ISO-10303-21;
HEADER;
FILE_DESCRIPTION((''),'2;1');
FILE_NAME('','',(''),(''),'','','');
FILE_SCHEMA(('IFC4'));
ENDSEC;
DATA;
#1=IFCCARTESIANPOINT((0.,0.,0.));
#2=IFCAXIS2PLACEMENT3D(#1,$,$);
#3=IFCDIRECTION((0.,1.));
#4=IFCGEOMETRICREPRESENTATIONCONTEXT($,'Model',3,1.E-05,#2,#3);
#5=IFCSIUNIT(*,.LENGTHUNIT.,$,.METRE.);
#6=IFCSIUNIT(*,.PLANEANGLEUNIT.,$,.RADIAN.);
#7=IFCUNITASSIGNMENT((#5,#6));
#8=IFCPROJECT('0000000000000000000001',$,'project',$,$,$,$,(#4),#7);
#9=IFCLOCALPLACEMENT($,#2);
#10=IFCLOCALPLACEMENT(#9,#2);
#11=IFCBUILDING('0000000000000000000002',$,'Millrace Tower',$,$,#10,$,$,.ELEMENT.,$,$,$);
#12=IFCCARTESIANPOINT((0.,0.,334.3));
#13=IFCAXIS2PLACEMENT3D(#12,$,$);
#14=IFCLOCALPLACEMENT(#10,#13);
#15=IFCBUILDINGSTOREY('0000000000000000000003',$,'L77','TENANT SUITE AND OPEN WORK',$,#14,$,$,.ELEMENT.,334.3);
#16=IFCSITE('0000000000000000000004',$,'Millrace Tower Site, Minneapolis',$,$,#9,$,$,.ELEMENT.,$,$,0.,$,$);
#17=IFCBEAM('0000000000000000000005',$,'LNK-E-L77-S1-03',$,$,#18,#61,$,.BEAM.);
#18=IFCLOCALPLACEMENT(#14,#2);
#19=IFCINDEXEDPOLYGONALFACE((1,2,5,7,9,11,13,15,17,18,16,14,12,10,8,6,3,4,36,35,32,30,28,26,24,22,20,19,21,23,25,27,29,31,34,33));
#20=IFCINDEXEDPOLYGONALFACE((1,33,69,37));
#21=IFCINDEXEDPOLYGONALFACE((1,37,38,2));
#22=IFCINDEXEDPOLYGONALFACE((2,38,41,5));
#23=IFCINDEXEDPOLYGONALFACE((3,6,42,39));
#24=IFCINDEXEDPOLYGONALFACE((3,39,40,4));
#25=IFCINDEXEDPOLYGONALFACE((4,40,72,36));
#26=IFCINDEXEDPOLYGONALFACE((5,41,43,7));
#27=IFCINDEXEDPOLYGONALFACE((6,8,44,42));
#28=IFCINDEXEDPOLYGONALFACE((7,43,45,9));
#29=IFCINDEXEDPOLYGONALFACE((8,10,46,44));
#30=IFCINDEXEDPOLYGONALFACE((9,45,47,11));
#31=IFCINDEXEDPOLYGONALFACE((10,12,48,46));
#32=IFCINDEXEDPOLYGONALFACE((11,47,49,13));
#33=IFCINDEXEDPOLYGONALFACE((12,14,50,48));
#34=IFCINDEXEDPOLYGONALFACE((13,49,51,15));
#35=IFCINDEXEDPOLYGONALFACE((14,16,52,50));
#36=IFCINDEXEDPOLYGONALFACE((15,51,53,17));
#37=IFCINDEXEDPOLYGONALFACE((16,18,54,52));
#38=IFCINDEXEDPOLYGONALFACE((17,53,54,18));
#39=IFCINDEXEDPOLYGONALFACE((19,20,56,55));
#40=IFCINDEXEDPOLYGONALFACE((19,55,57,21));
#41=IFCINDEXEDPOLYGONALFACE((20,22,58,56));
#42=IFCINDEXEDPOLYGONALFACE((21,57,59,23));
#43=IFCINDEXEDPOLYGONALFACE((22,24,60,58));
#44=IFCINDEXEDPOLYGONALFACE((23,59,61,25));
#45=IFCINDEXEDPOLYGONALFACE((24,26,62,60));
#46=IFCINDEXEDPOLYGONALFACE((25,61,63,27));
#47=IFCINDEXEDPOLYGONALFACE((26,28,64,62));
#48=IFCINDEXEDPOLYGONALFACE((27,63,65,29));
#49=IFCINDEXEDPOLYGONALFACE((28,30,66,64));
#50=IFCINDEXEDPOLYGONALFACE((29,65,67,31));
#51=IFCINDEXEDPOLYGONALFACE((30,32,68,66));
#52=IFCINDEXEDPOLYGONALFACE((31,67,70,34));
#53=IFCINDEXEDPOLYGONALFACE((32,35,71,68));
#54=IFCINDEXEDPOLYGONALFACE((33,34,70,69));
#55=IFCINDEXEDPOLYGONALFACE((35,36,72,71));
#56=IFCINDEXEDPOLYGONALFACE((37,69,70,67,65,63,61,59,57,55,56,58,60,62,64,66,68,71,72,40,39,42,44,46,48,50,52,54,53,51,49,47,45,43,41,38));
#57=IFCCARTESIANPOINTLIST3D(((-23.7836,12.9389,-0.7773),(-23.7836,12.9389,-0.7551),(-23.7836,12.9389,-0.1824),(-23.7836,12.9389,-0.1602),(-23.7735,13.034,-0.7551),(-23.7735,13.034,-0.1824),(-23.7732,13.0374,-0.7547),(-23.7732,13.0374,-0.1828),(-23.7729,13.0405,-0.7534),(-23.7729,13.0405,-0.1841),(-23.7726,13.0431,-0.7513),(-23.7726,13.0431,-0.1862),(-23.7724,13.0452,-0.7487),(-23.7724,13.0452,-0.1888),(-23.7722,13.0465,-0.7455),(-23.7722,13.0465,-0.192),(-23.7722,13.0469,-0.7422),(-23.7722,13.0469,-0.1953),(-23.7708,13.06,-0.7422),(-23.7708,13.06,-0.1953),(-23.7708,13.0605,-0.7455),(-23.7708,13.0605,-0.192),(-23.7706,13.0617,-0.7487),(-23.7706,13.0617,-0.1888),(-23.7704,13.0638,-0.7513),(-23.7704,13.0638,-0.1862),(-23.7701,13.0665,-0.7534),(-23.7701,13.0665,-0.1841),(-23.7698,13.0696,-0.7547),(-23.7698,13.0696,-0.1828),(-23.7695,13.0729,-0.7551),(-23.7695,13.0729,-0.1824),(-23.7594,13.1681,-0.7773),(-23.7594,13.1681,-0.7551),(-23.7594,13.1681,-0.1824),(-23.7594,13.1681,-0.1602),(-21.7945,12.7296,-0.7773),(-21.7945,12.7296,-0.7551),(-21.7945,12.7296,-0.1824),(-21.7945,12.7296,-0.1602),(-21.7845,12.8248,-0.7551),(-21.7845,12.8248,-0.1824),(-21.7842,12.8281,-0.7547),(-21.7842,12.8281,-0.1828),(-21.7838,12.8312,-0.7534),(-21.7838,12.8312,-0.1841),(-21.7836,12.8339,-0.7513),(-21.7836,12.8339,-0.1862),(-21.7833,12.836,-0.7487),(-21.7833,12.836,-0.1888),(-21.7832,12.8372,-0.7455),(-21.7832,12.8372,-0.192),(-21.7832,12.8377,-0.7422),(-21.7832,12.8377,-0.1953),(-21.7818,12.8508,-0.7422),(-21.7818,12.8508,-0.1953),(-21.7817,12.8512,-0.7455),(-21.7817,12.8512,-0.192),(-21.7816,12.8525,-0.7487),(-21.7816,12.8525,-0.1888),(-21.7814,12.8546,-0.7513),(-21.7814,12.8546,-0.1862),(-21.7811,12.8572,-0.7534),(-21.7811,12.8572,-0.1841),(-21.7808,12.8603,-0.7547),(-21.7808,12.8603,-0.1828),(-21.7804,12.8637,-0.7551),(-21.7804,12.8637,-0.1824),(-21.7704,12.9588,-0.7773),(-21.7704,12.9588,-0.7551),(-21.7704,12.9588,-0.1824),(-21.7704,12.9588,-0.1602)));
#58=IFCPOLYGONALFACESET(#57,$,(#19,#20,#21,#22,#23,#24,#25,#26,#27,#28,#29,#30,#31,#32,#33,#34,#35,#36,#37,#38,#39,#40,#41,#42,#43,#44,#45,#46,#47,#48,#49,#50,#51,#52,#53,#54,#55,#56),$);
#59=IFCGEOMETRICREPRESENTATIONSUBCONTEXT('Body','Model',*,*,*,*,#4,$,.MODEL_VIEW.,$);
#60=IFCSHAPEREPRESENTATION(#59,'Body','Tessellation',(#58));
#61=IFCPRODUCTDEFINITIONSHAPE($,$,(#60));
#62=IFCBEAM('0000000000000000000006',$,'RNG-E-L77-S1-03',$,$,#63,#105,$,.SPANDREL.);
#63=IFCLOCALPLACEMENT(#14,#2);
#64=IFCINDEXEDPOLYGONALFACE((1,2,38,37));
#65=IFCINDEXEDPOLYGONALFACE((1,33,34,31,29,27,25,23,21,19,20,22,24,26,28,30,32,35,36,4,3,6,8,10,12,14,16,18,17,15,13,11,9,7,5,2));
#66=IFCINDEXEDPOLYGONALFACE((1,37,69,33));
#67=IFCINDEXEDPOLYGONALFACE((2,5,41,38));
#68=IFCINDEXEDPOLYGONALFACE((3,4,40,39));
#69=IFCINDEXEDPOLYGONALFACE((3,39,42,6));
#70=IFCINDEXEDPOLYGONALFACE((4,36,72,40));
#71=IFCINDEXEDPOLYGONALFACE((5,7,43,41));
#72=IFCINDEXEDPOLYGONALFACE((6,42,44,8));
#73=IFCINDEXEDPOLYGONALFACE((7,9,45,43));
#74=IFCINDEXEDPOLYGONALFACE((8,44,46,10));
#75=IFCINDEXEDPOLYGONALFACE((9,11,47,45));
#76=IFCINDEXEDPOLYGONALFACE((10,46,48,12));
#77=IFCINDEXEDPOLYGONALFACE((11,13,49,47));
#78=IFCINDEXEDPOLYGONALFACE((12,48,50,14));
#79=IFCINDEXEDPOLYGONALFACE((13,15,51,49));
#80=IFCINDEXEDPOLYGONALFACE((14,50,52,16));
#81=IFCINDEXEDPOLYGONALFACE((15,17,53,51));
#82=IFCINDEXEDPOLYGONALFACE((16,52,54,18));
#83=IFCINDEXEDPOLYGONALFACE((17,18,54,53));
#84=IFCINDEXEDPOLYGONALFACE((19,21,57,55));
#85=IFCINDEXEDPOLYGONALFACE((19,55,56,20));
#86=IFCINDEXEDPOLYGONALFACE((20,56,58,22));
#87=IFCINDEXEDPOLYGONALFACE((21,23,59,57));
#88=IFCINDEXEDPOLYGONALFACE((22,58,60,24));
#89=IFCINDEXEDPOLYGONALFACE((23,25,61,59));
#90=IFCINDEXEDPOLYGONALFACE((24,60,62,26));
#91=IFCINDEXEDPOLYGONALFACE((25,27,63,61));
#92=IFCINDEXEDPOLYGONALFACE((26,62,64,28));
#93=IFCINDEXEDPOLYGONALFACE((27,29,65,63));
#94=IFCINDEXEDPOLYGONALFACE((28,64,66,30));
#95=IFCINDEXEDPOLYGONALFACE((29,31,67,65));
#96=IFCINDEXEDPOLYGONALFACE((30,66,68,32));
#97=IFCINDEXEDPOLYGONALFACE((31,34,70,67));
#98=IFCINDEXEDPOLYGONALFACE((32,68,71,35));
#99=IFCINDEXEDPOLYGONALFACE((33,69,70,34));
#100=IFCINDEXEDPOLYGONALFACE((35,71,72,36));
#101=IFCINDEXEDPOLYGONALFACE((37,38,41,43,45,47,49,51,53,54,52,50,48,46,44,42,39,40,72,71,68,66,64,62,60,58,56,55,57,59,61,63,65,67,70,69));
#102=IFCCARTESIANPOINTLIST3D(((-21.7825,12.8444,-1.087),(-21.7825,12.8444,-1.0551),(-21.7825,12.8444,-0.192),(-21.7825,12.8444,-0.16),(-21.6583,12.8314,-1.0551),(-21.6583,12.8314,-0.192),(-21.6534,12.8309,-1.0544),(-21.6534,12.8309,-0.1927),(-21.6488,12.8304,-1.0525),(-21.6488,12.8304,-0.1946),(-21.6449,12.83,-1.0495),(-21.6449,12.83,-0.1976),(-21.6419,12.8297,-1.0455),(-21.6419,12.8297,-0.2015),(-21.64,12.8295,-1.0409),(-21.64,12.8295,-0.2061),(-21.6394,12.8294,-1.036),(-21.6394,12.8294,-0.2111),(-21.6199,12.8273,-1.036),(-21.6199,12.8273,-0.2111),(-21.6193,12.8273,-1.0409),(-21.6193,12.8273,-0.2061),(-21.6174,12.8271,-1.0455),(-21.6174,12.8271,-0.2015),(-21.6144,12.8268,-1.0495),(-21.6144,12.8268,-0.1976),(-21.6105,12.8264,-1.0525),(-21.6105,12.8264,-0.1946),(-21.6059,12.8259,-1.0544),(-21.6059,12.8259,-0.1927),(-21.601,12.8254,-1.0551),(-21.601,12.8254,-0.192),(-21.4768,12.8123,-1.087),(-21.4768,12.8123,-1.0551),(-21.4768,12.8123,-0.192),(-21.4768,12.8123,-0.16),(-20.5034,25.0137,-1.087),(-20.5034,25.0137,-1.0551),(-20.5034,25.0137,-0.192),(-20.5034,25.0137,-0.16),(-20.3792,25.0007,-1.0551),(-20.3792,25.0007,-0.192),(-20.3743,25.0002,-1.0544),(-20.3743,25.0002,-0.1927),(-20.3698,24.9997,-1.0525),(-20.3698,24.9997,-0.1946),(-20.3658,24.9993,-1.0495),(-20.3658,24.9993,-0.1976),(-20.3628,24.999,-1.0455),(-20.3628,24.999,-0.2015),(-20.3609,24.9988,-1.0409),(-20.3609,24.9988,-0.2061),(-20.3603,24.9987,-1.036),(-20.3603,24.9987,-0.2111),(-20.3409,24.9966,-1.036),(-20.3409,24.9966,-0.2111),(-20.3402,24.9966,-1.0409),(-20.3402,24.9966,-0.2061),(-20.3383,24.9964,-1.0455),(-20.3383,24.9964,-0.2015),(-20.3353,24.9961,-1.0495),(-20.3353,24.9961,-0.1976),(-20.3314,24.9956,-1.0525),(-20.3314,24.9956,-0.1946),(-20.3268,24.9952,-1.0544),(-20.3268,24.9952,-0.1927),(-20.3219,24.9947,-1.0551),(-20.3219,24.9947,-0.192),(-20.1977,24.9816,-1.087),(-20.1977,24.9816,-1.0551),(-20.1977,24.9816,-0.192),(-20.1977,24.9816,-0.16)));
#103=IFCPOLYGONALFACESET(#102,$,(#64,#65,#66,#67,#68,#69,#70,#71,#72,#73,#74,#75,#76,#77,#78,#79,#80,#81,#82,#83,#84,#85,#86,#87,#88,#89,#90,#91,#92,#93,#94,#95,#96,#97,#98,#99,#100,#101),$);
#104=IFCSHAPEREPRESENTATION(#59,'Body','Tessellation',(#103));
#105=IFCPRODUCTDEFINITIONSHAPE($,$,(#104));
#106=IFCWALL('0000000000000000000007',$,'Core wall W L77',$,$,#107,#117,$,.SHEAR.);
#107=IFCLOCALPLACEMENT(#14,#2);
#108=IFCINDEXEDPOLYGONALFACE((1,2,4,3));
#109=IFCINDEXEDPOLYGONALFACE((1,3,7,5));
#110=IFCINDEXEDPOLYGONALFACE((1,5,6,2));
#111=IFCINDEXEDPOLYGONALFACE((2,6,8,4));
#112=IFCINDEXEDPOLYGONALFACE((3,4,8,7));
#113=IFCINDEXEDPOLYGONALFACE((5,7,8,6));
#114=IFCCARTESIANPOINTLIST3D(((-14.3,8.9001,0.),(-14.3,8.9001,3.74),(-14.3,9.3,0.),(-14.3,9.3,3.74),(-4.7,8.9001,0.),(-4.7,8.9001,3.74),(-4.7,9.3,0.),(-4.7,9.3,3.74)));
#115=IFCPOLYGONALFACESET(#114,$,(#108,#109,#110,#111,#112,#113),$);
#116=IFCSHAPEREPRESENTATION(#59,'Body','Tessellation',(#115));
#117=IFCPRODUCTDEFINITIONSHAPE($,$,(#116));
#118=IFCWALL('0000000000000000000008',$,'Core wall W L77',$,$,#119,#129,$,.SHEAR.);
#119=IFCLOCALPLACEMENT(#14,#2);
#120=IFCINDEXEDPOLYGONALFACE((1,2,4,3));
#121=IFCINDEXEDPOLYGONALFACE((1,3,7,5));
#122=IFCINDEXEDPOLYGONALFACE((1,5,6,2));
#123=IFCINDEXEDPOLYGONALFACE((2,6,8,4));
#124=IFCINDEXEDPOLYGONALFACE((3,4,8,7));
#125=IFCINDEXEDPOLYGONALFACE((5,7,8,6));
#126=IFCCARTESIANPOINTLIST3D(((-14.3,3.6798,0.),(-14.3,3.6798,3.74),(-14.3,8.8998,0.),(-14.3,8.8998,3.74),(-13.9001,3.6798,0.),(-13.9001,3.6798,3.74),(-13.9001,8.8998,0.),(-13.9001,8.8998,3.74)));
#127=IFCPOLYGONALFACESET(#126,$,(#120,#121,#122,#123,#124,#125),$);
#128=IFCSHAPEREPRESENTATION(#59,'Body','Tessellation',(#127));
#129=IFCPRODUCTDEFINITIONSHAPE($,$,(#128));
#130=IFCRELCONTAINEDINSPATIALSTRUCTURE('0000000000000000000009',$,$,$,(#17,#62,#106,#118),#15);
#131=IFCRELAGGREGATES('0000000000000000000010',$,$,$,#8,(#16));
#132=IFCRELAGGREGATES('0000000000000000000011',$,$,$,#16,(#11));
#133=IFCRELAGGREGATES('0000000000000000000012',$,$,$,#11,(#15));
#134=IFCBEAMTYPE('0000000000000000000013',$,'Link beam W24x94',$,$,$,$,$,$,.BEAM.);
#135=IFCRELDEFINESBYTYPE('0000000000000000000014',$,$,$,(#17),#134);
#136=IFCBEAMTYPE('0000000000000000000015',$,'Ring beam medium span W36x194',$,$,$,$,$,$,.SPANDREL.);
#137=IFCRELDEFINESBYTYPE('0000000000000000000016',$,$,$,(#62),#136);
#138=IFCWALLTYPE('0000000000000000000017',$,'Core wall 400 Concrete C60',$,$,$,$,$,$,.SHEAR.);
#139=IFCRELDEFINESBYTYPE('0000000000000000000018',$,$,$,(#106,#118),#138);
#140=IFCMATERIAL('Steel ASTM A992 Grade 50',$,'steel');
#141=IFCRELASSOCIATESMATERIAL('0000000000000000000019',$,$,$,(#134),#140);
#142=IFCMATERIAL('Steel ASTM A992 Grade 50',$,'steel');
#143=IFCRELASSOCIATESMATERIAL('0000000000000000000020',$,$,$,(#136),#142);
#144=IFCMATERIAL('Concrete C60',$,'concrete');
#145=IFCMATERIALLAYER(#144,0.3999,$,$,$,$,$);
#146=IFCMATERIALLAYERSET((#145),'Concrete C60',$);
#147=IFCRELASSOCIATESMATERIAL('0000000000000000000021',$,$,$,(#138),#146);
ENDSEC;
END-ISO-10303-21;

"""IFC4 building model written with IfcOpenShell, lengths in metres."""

from ifc_helpers import new_model, si_unit, direction, frame, frame_2d, origin, origin_2d, place, context, subcontext, project, spatial, rectangle, i_section, extrude, material, layer, layer_set, material_profile, profile_set, type_object, element, save


model = new_model("IFC4")

# Units and contexts
model_context = context("Model", 3, precision=1e-05, world=origin(), true_north=direction((0.0, 1.0)))
body_context = subcontext(model_context, "Body", "Model", "MODEL_VIEW")
ifc_project = project(units=[si_unit("LENGTHUNIT", "METRE"), si_unit("PLANEANGLEUNIT", "RADIAN")], contexts=[model_context])

# Site, building, storey
site_placement = place(None, origin())
site = spatial("IfcSite", under=ifc_project, at=site_placement, Name="Millrace Tower Site, Minneapolis", CompositionType="ELEMENT", RefElevation=0.0)
building_placement = place(site_placement, origin())
building = spatial("IfcBuilding", under=site, at=building_placement, Name="Millrace Tower", CompositionType="ELEMENT")
storey_placement = place(building_placement, frame((0.0, 0.0, 334.3)))
storey = spatial("IfcBuildingStorey", under=building, at=storey_placement, Name="L77", Description="TENANT SUITE AND OPEN WORK", CompositionType="ELEMENT", Elevation=334.3)

# Beams
ifc_material_1 = material(Name="Steel ASTM A992 Grade 50", Category="steel")
ifc_material_profile_1 = material_profile(ifc_material_1, i_section(OverallWidth=0.2305, OverallDepth=0.6172, WebThickness=0.0132, FlangeThickness=0.0222, FilletRadius=0.0129, at=origin_2d()))
ifc_profile_set_1 = profile_set([ifc_material_profile_1], Name="Steel ASTM A992 Grade 50")
beam_type_1 = type_object("IfcBeamType", Name="Link beam W24x94", PredefinedType="BEAM", material=ifc_profile_set_1)
beam_1_placement = place(storey_placement, frame((-21.7825, 12.8442, -0.4688), z_axis=(-0.994513, 0.104615, 0.0), x_axis=(-0.104615, -0.994513, 0.0)))
element("IfcBeam", 1, at=beam_1_placement, inside=storey, type_object=beam_type_1, Name="LNK-E-L77-S1-03", PredefinedType="BEAM", context=body_context, shape_type="SweptSolid", body=[
    extrude(i_section(OverallWidth=0.2305, OverallDepth=0.6172, WebThickness=0.0132, FlangeThickness=0.0222, FilletRadius=0.0129, at=origin_2d()), origin(), (0.0, 0.0, 1.0), 2.0),
])
ifc_material_2 = material(Name="Steel ASTM A992 Grade 50", Category="steel")
ifc_material_profile_2 = material_profile(ifc_material_2, i_section(OverallWidth=0.3074, OverallDepth=0.927, WebThickness=0.0195, FlangeThickness=0.032, FilletRadius=0.019, at=origin_2d()))
ifc_profile_set_2 = profile_set([ifc_material_profile_2], Name="Steel ASTM A992 Grade 50")
beam_type_2 = type_object("IfcBeamType", Name="Ring beam medium span W36x194", PredefinedType="SPANDREL", material=ifc_profile_set_2)
beam_2_placement = place(storey_placement, frame((-21.6296, 12.8284, -0.6235), z_axis=(0.10453, 0.994522, 0.0), x_axis=(-0.994522, 0.10453, 0.0)))
element("IfcBeam", 2, at=beam_2_placement, inside=storey, type_object=beam_type_2, Name="RNG-E-L77-S1-03", PredefinedType="SPANDREL", context=body_context, shape_type="SweptSolid", body=[
    extrude(i_section(OverallWidth=0.3074, OverallDepth=0.927, WebThickness=0.0195, FlangeThickness=0.032, FilletRadius=0.019, at=origin_2d()), origin(), (0.0, 0.0, 1.0), 12.2363),
])

# Walls
ifc_material_3 = material(Name="Concrete C60", Category="concrete")
ifc_layer_1 = layer(ifc_material_3, 0.3999)
ifc_layer_set_1 = layer_set([ifc_layer_1], Name="Concrete C60")
wall_type_1 = type_object("IfcWallType", Name="Core wall 400 Concrete C60", PredefinedType="SHEAR", material=ifc_layer_set_1)
wall_1_placement = place(storey_placement, frame((-14.3, 9.1001, 0.0), z_axis=(0.0, 0.0, 1.0), x_axis=(1.0, 0.0, 0.0)))
element("IfcWall", 3, at=wall_1_placement, inside=storey, type_object=wall_type_1, Name="Core wall W L77", PredefinedType="SHEAR", context=body_context, shape_type="SweptSolid", body=[
    extrude(rectangle(XDim=9.6001, YDim=0.3999, at=frame_2d((4.8, 0.0))), origin(), (0.0, 0.0, 1.0), 3.74),
])
wall_2_placement = place(storey_placement, frame((-14.1001, 3.6799, 0.0), z_axis=(0.0, 0.0, 1.0), x_axis=(0.0, 1.0, 0.0)))
element("IfcWall", 4, at=wall_2_placement, inside=storey, type_object=wall_type_1, Name="Core wall W L77", PredefinedType="SHEAR", context=body_context, shape_type="SweptSolid", body=[
    extrude(rectangle(XDim=5.22, YDim=0.3999, at=frame_2d((2.6099, 0.0))), origin(), (0.0, 0.0, 1.0), 3.74),
])

save(model, "model.ifc")
